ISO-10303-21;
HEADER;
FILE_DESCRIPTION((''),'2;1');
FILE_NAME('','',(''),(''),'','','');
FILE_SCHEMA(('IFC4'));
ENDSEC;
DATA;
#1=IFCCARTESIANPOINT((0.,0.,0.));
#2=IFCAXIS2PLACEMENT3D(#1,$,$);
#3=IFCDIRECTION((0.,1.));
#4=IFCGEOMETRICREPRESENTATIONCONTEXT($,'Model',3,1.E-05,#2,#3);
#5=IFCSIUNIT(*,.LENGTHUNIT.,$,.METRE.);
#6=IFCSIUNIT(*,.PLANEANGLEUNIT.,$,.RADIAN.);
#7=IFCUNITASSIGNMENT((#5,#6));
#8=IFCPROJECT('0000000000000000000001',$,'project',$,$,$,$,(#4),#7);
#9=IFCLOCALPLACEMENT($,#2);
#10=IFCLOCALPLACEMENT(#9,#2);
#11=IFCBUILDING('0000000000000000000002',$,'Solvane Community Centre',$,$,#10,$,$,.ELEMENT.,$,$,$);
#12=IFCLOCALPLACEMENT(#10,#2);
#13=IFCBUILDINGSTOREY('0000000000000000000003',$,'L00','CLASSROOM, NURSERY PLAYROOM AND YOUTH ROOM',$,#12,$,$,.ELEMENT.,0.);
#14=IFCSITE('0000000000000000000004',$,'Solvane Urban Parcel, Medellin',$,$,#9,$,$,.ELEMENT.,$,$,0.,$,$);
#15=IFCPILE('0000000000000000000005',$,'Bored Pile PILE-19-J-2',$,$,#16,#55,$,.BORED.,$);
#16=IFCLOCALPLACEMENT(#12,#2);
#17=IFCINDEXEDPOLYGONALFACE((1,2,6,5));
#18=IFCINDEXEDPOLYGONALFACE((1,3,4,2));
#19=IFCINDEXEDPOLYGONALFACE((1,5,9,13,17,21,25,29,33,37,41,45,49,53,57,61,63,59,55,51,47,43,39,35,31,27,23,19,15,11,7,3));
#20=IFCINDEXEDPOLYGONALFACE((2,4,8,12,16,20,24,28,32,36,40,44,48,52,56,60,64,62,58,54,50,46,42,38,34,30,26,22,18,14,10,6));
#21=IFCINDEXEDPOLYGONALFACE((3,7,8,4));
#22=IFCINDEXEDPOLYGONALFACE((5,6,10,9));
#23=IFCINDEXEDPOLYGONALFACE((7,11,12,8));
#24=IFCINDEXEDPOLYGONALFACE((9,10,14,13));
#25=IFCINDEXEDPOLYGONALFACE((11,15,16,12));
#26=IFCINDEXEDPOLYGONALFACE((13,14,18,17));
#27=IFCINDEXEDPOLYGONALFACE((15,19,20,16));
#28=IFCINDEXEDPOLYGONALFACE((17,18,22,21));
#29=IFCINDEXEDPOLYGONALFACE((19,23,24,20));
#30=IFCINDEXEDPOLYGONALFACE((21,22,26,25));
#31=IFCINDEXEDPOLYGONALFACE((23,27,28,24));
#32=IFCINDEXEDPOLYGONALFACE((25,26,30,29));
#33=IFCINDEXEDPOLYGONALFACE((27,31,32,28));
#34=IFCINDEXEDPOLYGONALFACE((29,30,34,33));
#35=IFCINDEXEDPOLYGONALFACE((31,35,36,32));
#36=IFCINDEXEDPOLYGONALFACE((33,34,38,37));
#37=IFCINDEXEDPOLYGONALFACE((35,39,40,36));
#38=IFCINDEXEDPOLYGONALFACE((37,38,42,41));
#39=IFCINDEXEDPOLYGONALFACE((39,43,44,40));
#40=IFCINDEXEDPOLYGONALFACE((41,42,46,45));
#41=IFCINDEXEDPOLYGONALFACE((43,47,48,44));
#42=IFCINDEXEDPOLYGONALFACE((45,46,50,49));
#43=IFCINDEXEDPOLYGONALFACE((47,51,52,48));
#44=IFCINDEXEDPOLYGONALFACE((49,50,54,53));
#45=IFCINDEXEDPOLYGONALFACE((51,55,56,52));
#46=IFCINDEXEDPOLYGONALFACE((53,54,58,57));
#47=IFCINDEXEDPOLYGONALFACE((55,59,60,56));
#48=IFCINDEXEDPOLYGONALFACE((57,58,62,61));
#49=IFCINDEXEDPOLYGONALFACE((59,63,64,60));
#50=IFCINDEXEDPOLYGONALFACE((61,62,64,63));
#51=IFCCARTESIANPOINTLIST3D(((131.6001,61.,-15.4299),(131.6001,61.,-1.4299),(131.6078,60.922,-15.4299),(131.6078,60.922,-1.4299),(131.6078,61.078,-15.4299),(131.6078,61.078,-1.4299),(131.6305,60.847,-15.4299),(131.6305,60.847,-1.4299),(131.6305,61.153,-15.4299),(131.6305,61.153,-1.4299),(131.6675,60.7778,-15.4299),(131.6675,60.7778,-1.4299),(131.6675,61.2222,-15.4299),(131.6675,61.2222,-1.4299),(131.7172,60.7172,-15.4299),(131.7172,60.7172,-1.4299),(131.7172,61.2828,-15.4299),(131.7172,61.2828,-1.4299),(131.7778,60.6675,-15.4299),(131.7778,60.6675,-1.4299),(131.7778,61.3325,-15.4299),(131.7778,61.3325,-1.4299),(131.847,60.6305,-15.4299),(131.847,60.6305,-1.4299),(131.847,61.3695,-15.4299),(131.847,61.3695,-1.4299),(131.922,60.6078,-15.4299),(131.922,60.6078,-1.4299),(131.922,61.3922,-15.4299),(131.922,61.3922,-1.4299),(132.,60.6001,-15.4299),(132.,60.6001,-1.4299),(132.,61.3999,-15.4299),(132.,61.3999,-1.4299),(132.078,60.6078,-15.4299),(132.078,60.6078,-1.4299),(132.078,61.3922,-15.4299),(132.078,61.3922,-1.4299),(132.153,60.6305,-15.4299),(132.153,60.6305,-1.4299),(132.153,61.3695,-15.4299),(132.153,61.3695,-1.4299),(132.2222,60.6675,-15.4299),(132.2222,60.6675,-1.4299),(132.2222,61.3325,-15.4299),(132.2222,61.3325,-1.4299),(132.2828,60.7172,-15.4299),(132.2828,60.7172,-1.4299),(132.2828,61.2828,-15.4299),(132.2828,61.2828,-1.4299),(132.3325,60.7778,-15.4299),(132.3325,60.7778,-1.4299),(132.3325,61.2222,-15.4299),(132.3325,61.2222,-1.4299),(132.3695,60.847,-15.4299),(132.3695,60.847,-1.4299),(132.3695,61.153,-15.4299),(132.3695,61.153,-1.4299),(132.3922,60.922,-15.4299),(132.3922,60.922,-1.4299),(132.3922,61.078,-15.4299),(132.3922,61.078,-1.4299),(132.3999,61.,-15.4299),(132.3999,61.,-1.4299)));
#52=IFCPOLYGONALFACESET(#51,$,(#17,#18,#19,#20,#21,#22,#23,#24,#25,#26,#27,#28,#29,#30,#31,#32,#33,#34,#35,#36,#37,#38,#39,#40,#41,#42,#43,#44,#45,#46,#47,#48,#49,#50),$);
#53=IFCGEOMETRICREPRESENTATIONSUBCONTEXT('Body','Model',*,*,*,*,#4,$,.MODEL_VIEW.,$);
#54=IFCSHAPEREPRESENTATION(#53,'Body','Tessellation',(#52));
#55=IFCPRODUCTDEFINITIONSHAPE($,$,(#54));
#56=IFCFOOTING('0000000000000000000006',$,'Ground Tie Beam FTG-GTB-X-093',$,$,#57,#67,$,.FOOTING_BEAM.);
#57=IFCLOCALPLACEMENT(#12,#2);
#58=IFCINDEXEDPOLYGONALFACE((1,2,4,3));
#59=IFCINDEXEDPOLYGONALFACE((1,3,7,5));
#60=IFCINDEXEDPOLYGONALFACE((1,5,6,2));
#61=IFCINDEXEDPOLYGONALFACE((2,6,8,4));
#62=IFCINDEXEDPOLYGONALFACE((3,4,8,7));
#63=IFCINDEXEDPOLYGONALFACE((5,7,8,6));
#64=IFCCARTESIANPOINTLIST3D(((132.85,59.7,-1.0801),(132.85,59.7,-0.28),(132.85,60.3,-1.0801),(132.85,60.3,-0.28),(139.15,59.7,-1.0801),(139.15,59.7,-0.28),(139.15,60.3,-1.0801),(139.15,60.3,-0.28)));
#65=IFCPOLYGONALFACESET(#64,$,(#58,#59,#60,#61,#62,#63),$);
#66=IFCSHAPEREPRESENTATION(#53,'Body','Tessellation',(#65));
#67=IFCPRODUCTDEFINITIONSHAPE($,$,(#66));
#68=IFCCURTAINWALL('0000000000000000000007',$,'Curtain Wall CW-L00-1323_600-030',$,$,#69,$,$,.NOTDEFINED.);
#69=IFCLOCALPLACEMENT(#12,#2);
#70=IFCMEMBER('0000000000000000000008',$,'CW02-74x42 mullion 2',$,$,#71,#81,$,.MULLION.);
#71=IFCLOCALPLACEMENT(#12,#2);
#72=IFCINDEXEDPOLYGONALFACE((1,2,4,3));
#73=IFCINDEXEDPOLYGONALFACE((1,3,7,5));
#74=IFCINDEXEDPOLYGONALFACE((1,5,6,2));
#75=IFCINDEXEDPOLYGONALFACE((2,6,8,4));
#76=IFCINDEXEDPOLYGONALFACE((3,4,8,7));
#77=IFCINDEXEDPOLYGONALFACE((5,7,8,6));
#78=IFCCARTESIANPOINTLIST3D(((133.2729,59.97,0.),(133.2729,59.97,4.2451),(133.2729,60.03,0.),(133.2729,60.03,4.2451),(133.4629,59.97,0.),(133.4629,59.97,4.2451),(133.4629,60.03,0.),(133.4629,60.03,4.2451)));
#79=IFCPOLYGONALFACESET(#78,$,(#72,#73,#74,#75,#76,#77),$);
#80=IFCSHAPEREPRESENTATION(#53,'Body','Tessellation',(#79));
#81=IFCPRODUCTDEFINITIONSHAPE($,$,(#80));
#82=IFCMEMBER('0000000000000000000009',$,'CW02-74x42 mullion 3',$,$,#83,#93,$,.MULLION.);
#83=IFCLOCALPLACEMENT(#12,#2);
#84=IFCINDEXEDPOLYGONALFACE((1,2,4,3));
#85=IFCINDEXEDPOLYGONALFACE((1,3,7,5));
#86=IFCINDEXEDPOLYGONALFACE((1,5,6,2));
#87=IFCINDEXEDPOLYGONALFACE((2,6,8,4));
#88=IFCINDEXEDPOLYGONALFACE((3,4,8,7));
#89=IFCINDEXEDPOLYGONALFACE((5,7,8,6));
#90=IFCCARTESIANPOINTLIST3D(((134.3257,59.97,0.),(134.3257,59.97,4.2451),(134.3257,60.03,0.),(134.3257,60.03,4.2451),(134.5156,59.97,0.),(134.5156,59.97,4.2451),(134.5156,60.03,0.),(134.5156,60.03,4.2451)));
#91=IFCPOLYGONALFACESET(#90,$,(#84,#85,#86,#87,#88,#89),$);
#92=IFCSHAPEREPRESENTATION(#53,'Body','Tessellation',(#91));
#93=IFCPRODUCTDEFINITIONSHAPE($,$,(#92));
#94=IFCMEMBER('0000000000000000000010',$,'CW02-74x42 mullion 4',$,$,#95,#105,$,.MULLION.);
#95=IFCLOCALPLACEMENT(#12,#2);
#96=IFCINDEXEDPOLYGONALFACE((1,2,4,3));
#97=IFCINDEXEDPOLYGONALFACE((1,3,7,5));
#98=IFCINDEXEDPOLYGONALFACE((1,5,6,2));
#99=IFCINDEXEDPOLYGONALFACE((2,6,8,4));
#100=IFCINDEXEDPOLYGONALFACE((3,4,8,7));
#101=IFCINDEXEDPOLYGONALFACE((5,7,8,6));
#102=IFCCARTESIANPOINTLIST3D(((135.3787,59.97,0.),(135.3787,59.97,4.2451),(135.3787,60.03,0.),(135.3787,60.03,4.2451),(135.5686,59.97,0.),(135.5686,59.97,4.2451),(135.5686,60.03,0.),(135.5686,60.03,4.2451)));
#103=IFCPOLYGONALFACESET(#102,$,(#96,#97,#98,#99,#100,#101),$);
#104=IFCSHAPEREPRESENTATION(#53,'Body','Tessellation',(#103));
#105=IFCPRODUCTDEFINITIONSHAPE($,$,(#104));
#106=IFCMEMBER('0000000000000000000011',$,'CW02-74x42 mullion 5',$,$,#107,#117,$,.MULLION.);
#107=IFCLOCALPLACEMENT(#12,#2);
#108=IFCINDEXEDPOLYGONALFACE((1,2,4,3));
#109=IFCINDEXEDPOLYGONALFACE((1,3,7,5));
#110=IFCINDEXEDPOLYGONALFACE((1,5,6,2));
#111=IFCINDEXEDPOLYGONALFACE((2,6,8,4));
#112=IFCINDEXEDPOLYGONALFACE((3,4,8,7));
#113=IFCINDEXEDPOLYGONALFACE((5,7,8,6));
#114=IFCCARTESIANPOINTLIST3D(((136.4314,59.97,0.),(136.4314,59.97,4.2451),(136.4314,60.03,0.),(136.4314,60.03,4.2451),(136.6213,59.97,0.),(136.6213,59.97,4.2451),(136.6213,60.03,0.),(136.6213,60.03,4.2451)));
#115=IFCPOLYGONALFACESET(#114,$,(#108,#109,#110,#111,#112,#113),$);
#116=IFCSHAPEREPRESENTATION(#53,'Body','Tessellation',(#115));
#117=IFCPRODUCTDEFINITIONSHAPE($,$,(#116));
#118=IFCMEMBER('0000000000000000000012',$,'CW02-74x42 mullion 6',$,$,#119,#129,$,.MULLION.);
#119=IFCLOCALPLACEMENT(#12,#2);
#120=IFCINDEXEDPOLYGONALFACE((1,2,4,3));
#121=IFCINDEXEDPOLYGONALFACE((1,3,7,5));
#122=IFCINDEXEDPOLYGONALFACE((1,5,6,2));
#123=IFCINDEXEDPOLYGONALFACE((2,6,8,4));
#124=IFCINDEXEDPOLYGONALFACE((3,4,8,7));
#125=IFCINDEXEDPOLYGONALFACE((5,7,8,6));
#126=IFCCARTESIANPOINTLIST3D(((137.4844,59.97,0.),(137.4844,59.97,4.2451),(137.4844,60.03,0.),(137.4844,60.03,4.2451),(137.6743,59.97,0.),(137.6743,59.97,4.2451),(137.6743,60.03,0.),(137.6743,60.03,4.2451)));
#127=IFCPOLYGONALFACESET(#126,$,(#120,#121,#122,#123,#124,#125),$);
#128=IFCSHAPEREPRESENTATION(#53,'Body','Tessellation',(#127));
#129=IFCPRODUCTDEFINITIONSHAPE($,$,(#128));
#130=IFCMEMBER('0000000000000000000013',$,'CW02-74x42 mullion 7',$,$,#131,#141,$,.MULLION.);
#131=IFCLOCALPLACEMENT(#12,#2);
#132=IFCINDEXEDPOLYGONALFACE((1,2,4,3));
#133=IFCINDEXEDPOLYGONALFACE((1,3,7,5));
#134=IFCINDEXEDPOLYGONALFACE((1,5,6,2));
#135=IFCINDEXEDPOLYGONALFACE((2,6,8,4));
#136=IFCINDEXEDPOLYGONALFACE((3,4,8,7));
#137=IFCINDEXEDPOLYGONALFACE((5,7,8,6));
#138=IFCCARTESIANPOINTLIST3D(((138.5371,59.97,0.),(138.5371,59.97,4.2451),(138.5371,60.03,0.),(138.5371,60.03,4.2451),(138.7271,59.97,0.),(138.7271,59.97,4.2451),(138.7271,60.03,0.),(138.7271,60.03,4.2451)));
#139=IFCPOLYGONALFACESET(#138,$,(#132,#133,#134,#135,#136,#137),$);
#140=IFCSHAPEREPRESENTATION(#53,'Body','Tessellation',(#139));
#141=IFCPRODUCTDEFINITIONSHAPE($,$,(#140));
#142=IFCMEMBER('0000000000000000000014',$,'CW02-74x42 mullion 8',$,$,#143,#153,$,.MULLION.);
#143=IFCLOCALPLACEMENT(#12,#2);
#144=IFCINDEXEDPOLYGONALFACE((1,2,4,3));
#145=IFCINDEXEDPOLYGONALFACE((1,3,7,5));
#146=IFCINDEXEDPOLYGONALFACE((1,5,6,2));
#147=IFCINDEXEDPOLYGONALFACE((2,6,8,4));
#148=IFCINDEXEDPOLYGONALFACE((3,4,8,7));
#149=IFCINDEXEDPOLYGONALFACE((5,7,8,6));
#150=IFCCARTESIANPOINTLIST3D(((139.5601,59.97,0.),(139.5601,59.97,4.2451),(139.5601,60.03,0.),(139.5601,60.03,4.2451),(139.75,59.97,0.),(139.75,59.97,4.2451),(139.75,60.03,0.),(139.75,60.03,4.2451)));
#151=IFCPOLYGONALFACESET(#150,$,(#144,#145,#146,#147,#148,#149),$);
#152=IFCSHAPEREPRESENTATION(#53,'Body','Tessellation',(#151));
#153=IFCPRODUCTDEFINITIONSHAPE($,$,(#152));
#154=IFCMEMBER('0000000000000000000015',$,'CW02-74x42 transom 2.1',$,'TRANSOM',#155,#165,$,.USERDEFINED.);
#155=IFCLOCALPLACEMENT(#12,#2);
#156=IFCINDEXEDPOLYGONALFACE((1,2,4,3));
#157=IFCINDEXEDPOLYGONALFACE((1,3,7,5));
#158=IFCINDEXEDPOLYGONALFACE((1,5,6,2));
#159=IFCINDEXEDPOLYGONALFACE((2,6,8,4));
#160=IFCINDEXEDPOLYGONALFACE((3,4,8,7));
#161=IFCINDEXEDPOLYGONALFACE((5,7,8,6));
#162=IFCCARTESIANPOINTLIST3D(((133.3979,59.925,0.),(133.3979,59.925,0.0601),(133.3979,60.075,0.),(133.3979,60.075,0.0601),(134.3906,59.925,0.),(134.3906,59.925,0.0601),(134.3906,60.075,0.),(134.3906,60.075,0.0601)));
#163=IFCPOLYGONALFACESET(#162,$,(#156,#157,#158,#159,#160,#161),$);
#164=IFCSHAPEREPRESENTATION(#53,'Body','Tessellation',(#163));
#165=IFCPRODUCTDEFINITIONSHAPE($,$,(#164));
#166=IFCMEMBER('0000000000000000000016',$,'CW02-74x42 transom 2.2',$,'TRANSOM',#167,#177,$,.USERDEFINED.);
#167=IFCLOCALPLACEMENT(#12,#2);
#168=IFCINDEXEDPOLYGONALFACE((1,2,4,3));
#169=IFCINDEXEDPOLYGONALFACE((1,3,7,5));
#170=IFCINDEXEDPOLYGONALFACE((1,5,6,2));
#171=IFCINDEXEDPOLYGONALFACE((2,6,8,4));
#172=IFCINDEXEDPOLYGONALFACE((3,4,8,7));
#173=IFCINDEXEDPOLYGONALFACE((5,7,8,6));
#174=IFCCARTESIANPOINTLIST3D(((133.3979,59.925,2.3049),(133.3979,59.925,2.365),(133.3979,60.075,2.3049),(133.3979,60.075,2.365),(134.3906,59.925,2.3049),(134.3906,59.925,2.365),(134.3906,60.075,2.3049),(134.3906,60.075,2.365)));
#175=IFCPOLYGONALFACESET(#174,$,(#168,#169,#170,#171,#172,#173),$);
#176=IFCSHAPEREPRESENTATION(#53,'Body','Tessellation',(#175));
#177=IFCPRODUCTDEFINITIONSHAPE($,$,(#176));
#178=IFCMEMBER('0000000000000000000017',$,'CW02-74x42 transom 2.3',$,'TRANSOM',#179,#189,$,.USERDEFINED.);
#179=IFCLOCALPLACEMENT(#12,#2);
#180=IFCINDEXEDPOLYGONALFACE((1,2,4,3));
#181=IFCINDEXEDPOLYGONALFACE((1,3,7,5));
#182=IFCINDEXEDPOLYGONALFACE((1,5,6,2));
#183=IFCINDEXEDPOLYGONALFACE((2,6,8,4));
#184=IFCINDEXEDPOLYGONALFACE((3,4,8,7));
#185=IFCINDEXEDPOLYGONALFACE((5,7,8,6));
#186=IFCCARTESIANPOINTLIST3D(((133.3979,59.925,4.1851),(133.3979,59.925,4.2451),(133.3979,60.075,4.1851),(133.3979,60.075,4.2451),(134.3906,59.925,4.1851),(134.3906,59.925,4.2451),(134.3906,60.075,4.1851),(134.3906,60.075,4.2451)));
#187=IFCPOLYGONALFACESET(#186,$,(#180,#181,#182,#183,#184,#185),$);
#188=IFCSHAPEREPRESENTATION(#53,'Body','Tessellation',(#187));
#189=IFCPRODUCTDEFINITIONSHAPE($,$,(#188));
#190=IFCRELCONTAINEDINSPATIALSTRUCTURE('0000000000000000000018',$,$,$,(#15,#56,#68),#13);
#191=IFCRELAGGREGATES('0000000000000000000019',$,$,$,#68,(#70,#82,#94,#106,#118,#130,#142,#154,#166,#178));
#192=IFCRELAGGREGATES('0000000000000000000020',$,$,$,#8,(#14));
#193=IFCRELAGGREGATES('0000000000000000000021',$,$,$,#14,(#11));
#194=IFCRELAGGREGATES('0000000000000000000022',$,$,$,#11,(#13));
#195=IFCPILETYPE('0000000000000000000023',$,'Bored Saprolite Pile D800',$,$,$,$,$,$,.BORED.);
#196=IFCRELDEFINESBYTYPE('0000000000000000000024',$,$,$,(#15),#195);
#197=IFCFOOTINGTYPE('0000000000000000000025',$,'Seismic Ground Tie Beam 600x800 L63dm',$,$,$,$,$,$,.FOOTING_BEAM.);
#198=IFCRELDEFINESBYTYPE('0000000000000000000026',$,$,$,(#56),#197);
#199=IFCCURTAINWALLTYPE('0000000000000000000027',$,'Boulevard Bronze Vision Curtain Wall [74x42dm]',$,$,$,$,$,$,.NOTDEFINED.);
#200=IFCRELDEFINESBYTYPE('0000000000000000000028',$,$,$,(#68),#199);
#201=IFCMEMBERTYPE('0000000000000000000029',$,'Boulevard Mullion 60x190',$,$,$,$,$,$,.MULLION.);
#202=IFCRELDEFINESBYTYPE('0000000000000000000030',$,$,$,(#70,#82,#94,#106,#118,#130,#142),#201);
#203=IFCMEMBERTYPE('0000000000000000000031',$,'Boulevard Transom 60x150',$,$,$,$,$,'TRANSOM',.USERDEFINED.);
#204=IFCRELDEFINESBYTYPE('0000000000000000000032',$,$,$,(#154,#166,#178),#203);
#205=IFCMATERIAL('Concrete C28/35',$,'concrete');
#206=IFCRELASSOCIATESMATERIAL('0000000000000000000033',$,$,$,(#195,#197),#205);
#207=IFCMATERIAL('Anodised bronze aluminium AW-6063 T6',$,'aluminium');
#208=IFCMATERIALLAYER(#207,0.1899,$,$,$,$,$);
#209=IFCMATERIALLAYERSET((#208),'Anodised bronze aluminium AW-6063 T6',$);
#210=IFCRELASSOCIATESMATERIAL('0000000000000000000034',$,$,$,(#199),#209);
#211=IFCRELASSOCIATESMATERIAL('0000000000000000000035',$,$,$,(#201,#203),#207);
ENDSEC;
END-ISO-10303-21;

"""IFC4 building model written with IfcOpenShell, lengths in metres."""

from ifc_helpers import new_model, si_unit, direction, frame, origin, origin_2d, place, context, subcontext, project, spatial, rectangle, circle, extrude, material, layer, layer_set, material_profile, profile_set, type_object, element, aggregate, save


model = new_model("IFC4")

# Units and contexts
model_context = context("Model", 3, precision=1e-05, world=origin(), true_north=direction((0.0, 1.0)))
body_context = subcontext(model_context, "Body", "Model", "MODEL_VIEW")
ifc_project = project(units=[si_unit("LENGTHUNIT", "METRE"), si_unit("PLANEANGLEUNIT", "RADIAN")], contexts=[model_context])

# Site, building, storey
site_placement = place(None, origin())
site = spatial("IfcSite", under=ifc_project, at=site_placement, Name="Solvane Urban Parcel, Medellin", CompositionType="ELEMENT", RefElevation=0.0)
building_placement = place(site_placement, origin())
building = spatial("IfcBuilding", under=site, at=building_placement, Name="Solvane Community Centre", CompositionType="ELEMENT")
storey_placement = place(building_placement, origin())
storey = spatial("IfcBuildingStorey", under=building, at=storey_placement, Name="L00", Description="CLASSROOM, NURSERY PLAYROOM AND YOUTH ROOM", CompositionType="ELEMENT", Elevation=0.0)

# Pile
ifc_material_1 = material(Name="Concrete C28/35", Category="concrete")
ifc_material_profile_1 = material_profile(ifc_material_1, circle(Radius=0.3999, at=origin_2d()), Name="PILE D800")
ifc_profile_set_1 = profile_set([ifc_material_profile_1], Name="Concrete C28/35")
pile_type = type_object("IfcPileType", Name="Bored Saprolite Pile D800", PredefinedType="BORED", material=ifc_profile_set_1)
pile_placement = place(storey_placement, frame((132.0, 61.0, -1.4299), z_axis=(0.0, 0.0, -1.0), x_axis=(1.0, 0.0, 0.0)))
element("IfcPile", 1, at=pile_placement, inside=storey, type_object=pile_type, Name="Bored Pile PILE-19-J-2", PredefinedType="BORED", context=body_context, shape_type="SweptSolid", body=[
    extrude(circle(Radius=0.3999, at=origin_2d()), origin(), (0.0, 0.0, 1.0), 14.0),
])

# Footing
footing_type = type_object("IfcFootingType", Name="Seismic Ground Tie Beam 600x800 L63dm", PredefinedType="FOOTING_BEAM", material=ifc_material_1)
footing_placement = place(storey_placement, frame((136.0, 60.0, -1.0801), z_axis=(0.0, 0.0, 1.0), x_axis=(1.0, 0.0, 0.0)))
element("IfcFooting", 2, at=footing_placement, inside=storey, type_object=footing_type, Name="Ground Tie Beam FTG-GTB-X-093", PredefinedType="FOOTING_BEAM", context=body_context, shape_type="SweptSolid", body=[
    extrude(rectangle(XDim=6.3, YDim=0.6001, at=origin_2d()), origin(), (0.0, 0.0, 1.0), 0.8),
])

# Curtain wall, members
ifc_material_2 = material(Name="Anodised bronze aluminium AW-6063 T6", Category="aluminium")
ifc_layer_1 = layer(ifc_material_2, 0.1899)
ifc_layer_set_1 = layer_set([ifc_layer_1], Name="Anodised bronze aluminium AW-6063 T6")
curtain_wall_type = type_object("IfcCurtainWallType", Name="Boulevard Bronze Vision Curtain Wall [74x42dm]", PredefinedType="NOTDEFINED", material=ifc_layer_set_1)
curtain_wall_placement = place(storey_placement, origin())
curtain_wall = element("IfcCurtainWall", 3, at=curtain_wall_placement, inside=storey, type_object=curtain_wall_type, Name="Curtain Wall CW-L00-1323_600-030", PredefinedType="NOTDEFINED")
ifc_material_profile_2 = material_profile(ifc_material_2, rectangle(XDim=0.0601, YDim=0.1899, at=origin_2d()), Name="CW-M 60x190")
ifc_profile_set_2 = profile_set([ifc_material_profile_2], Name="Anodised bronze aluminium AW-6063 T6")
member_type_1 = type_object("IfcMemberType", Name="Boulevard Mullion 60x190", PredefinedType="MULLION", material=ifc_profile_set_2)
member_1_placement = place(storey_placement, frame((133.3679, 60.0, 0.0), z_axis=(0.0, 0.0, 1.0), x_axis=(0.0, 1.0, 0.0)))
member_1 = element("IfcMember", 4, at=member_1_placement, type_object=member_type_1, Name="CW02-74x42 mullion 2", PredefinedType="MULLION", context=body_context, shape_type="SweptSolid", body=[
    extrude(rectangle(XDim=0.0601, YDim=0.1899, at=origin_2d()), origin(), (0.0, 0.0, 1.0), 4.2451),
])
member_2_placement = place(storey_placement, frame((134.4207, 60.0, 0.0), z_axis=(0.0, 0.0, 1.0), x_axis=(0.0, 1.0, 0.0)))
member_2 = element("IfcMember", 5, at=member_2_placement, type_object=member_type_1, Name="CW02-74x42 mullion 3", PredefinedType="MULLION", context=body_context, shape_type="SweptSolid", body=[
    extrude(rectangle(XDim=0.0601, YDim=0.1899, at=origin_2d()), origin(), (0.0, 0.0, 1.0), 4.2451),
])
member_3_placement = place(storey_placement, frame((135.4736, 60.0, 0.0), z_axis=(0.0, 0.0, 1.0), x_axis=(0.0, 1.0, 0.0)))
member_3 = element("IfcMember", 6, at=member_3_placement, type_object=member_type_1, Name="CW02-74x42 mullion 4", PredefinedType="MULLION", context=body_context, shape_type="SweptSolid", body=[
    extrude(rectangle(XDim=0.0601, YDim=0.1899, at=origin_2d()), origin(), (0.0, 0.0, 1.0), 4.2451),
])
member_4_placement = place(storey_placement, frame((136.5264, 60.0, 0.0), z_axis=(0.0, 0.0, 1.0), x_axis=(0.0, 1.0, 0.0)))
member_4 = element("IfcMember", 7, at=member_4_placement, type_object=member_type_1, Name="CW02-74x42 mullion 5", PredefinedType="MULLION", context=body_context, shape_type="SweptSolid", body=[
    extrude(rectangle(XDim=0.0601, YDim=0.1899, at=origin_2d()), origin(), (0.0, 0.0, 1.0), 4.2451),
])
member_5_placement = place(storey_placement, frame((137.5793, 60.0, 0.0), z_axis=(0.0, 0.0, 1.0), x_axis=(0.0, 1.0, 0.0)))
member_5 = element("IfcMember", 8, at=member_5_placement, type_object=member_type_1, Name="CW02-74x42 mullion 6", PredefinedType="MULLION", context=body_context, shape_type="SweptSolid", body=[
    extrude(rectangle(XDim=0.0601, YDim=0.1899, at=origin_2d()), origin(), (0.0, 0.0, 1.0), 4.2451),
])
member_6_placement = place(storey_placement, frame((138.6321, 60.0, 0.0), z_axis=(0.0, 0.0, 1.0), x_axis=(0.0, 1.0, 0.0)))
member_6 = element("IfcMember", 9, at=member_6_placement, type_object=member_type_1, Name="CW02-74x42 mullion 7", PredefinedType="MULLION", context=body_context, shape_type="SweptSolid", body=[
    extrude(rectangle(XDim=0.0601, YDim=0.1899, at=origin_2d()), origin(), (0.0, 0.0, 1.0), 4.2451),
])
member_7_placement = place(storey_placement, frame((139.655, 60.0, 0.0), z_axis=(0.0, 0.0, 1.0), x_axis=(0.0, 1.0, 0.0)))
member_7 = element("IfcMember", 10, at=member_7_placement, type_object=member_type_1, Name="CW02-74x42 mullion 8", PredefinedType="MULLION", context=body_context, shape_type="SweptSolid", body=[
    extrude(rectangle(XDim=0.0601, YDim=0.1899, at=origin_2d()), origin(), (0.0, 0.0, 1.0), 4.2451),
])
ifc_material_profile_3 = material_profile(ifc_material_2, rectangle(XDim=0.1499, YDim=0.0601, at=origin_2d()), Name="CW-T 60x150")
ifc_profile_set_3 = profile_set([ifc_material_profile_3], Name="Anodised bronze aluminium AW-6063 T6")
member_type_2 = type_object("IfcMemberType", Name="Boulevard Transom 60x150", ElementType="TRANSOM", PredefinedType="USERDEFINED", material=ifc_profile_set_3)
member_8_placement = place(storey_placement, frame((133.3979, 60.0, 0.03), z_axis=(1.0, 0.0, 0.0), x_axis=(0.0, 1.0, 0.0)))
member_8 = element("IfcMember", 11, at=member_8_placement, type_object=member_type_2, Name="CW02-74x42 transom 2.1", ObjectType="TRANSOM", PredefinedType="USERDEFINED", context=body_context, shape_type="SweptSolid", body=[
    extrude(rectangle(XDim=0.1499, YDim=0.0601, at=origin_2d()), origin(), (0.0, 0.0, 1.0), 0.9927),
])
member_9_placement = place(storey_placement, frame((133.3979, 60.0, 2.335), z_axis=(1.0, 0.0, 0.0), x_axis=(0.0, 1.0, 0.0)))
member_9 = element("IfcMember", 12, at=member_9_placement, type_object=member_type_2, Name="CW02-74x42 transom 2.2", ObjectType="TRANSOM", PredefinedType="USERDEFINED", context=body_context, shape_type="SweptSolid", body=[
    extrude(rectangle(XDim=0.1499, YDim=0.0601, at=origin_2d()), origin(), (0.0, 0.0, 1.0), 0.9927),
])
member_10_placement = place(storey_placement, frame((133.3979, 60.0, 4.2151), z_axis=(1.0, 0.0, 0.0), x_axis=(0.0, 1.0, 0.0)))
member_10 = element("IfcMember", 13, at=member_10_placement, type_object=member_type_2, Name="CW02-74x42 transom 2.3", ObjectType="TRANSOM", PredefinedType="USERDEFINED", context=body_context, shape_type="SweptSolid", body=[
    extrude(rectangle(XDim=0.1499, YDim=0.0601, at=origin_2d()), origin(), (0.0, 0.0, 1.0), 0.9927),
])
aggregate(curtain_wall, [member_1, member_2, member_3, member_4, member_5, member_6, member_7, member_8, member_9, member_10])

save(model, "model.ifc")
